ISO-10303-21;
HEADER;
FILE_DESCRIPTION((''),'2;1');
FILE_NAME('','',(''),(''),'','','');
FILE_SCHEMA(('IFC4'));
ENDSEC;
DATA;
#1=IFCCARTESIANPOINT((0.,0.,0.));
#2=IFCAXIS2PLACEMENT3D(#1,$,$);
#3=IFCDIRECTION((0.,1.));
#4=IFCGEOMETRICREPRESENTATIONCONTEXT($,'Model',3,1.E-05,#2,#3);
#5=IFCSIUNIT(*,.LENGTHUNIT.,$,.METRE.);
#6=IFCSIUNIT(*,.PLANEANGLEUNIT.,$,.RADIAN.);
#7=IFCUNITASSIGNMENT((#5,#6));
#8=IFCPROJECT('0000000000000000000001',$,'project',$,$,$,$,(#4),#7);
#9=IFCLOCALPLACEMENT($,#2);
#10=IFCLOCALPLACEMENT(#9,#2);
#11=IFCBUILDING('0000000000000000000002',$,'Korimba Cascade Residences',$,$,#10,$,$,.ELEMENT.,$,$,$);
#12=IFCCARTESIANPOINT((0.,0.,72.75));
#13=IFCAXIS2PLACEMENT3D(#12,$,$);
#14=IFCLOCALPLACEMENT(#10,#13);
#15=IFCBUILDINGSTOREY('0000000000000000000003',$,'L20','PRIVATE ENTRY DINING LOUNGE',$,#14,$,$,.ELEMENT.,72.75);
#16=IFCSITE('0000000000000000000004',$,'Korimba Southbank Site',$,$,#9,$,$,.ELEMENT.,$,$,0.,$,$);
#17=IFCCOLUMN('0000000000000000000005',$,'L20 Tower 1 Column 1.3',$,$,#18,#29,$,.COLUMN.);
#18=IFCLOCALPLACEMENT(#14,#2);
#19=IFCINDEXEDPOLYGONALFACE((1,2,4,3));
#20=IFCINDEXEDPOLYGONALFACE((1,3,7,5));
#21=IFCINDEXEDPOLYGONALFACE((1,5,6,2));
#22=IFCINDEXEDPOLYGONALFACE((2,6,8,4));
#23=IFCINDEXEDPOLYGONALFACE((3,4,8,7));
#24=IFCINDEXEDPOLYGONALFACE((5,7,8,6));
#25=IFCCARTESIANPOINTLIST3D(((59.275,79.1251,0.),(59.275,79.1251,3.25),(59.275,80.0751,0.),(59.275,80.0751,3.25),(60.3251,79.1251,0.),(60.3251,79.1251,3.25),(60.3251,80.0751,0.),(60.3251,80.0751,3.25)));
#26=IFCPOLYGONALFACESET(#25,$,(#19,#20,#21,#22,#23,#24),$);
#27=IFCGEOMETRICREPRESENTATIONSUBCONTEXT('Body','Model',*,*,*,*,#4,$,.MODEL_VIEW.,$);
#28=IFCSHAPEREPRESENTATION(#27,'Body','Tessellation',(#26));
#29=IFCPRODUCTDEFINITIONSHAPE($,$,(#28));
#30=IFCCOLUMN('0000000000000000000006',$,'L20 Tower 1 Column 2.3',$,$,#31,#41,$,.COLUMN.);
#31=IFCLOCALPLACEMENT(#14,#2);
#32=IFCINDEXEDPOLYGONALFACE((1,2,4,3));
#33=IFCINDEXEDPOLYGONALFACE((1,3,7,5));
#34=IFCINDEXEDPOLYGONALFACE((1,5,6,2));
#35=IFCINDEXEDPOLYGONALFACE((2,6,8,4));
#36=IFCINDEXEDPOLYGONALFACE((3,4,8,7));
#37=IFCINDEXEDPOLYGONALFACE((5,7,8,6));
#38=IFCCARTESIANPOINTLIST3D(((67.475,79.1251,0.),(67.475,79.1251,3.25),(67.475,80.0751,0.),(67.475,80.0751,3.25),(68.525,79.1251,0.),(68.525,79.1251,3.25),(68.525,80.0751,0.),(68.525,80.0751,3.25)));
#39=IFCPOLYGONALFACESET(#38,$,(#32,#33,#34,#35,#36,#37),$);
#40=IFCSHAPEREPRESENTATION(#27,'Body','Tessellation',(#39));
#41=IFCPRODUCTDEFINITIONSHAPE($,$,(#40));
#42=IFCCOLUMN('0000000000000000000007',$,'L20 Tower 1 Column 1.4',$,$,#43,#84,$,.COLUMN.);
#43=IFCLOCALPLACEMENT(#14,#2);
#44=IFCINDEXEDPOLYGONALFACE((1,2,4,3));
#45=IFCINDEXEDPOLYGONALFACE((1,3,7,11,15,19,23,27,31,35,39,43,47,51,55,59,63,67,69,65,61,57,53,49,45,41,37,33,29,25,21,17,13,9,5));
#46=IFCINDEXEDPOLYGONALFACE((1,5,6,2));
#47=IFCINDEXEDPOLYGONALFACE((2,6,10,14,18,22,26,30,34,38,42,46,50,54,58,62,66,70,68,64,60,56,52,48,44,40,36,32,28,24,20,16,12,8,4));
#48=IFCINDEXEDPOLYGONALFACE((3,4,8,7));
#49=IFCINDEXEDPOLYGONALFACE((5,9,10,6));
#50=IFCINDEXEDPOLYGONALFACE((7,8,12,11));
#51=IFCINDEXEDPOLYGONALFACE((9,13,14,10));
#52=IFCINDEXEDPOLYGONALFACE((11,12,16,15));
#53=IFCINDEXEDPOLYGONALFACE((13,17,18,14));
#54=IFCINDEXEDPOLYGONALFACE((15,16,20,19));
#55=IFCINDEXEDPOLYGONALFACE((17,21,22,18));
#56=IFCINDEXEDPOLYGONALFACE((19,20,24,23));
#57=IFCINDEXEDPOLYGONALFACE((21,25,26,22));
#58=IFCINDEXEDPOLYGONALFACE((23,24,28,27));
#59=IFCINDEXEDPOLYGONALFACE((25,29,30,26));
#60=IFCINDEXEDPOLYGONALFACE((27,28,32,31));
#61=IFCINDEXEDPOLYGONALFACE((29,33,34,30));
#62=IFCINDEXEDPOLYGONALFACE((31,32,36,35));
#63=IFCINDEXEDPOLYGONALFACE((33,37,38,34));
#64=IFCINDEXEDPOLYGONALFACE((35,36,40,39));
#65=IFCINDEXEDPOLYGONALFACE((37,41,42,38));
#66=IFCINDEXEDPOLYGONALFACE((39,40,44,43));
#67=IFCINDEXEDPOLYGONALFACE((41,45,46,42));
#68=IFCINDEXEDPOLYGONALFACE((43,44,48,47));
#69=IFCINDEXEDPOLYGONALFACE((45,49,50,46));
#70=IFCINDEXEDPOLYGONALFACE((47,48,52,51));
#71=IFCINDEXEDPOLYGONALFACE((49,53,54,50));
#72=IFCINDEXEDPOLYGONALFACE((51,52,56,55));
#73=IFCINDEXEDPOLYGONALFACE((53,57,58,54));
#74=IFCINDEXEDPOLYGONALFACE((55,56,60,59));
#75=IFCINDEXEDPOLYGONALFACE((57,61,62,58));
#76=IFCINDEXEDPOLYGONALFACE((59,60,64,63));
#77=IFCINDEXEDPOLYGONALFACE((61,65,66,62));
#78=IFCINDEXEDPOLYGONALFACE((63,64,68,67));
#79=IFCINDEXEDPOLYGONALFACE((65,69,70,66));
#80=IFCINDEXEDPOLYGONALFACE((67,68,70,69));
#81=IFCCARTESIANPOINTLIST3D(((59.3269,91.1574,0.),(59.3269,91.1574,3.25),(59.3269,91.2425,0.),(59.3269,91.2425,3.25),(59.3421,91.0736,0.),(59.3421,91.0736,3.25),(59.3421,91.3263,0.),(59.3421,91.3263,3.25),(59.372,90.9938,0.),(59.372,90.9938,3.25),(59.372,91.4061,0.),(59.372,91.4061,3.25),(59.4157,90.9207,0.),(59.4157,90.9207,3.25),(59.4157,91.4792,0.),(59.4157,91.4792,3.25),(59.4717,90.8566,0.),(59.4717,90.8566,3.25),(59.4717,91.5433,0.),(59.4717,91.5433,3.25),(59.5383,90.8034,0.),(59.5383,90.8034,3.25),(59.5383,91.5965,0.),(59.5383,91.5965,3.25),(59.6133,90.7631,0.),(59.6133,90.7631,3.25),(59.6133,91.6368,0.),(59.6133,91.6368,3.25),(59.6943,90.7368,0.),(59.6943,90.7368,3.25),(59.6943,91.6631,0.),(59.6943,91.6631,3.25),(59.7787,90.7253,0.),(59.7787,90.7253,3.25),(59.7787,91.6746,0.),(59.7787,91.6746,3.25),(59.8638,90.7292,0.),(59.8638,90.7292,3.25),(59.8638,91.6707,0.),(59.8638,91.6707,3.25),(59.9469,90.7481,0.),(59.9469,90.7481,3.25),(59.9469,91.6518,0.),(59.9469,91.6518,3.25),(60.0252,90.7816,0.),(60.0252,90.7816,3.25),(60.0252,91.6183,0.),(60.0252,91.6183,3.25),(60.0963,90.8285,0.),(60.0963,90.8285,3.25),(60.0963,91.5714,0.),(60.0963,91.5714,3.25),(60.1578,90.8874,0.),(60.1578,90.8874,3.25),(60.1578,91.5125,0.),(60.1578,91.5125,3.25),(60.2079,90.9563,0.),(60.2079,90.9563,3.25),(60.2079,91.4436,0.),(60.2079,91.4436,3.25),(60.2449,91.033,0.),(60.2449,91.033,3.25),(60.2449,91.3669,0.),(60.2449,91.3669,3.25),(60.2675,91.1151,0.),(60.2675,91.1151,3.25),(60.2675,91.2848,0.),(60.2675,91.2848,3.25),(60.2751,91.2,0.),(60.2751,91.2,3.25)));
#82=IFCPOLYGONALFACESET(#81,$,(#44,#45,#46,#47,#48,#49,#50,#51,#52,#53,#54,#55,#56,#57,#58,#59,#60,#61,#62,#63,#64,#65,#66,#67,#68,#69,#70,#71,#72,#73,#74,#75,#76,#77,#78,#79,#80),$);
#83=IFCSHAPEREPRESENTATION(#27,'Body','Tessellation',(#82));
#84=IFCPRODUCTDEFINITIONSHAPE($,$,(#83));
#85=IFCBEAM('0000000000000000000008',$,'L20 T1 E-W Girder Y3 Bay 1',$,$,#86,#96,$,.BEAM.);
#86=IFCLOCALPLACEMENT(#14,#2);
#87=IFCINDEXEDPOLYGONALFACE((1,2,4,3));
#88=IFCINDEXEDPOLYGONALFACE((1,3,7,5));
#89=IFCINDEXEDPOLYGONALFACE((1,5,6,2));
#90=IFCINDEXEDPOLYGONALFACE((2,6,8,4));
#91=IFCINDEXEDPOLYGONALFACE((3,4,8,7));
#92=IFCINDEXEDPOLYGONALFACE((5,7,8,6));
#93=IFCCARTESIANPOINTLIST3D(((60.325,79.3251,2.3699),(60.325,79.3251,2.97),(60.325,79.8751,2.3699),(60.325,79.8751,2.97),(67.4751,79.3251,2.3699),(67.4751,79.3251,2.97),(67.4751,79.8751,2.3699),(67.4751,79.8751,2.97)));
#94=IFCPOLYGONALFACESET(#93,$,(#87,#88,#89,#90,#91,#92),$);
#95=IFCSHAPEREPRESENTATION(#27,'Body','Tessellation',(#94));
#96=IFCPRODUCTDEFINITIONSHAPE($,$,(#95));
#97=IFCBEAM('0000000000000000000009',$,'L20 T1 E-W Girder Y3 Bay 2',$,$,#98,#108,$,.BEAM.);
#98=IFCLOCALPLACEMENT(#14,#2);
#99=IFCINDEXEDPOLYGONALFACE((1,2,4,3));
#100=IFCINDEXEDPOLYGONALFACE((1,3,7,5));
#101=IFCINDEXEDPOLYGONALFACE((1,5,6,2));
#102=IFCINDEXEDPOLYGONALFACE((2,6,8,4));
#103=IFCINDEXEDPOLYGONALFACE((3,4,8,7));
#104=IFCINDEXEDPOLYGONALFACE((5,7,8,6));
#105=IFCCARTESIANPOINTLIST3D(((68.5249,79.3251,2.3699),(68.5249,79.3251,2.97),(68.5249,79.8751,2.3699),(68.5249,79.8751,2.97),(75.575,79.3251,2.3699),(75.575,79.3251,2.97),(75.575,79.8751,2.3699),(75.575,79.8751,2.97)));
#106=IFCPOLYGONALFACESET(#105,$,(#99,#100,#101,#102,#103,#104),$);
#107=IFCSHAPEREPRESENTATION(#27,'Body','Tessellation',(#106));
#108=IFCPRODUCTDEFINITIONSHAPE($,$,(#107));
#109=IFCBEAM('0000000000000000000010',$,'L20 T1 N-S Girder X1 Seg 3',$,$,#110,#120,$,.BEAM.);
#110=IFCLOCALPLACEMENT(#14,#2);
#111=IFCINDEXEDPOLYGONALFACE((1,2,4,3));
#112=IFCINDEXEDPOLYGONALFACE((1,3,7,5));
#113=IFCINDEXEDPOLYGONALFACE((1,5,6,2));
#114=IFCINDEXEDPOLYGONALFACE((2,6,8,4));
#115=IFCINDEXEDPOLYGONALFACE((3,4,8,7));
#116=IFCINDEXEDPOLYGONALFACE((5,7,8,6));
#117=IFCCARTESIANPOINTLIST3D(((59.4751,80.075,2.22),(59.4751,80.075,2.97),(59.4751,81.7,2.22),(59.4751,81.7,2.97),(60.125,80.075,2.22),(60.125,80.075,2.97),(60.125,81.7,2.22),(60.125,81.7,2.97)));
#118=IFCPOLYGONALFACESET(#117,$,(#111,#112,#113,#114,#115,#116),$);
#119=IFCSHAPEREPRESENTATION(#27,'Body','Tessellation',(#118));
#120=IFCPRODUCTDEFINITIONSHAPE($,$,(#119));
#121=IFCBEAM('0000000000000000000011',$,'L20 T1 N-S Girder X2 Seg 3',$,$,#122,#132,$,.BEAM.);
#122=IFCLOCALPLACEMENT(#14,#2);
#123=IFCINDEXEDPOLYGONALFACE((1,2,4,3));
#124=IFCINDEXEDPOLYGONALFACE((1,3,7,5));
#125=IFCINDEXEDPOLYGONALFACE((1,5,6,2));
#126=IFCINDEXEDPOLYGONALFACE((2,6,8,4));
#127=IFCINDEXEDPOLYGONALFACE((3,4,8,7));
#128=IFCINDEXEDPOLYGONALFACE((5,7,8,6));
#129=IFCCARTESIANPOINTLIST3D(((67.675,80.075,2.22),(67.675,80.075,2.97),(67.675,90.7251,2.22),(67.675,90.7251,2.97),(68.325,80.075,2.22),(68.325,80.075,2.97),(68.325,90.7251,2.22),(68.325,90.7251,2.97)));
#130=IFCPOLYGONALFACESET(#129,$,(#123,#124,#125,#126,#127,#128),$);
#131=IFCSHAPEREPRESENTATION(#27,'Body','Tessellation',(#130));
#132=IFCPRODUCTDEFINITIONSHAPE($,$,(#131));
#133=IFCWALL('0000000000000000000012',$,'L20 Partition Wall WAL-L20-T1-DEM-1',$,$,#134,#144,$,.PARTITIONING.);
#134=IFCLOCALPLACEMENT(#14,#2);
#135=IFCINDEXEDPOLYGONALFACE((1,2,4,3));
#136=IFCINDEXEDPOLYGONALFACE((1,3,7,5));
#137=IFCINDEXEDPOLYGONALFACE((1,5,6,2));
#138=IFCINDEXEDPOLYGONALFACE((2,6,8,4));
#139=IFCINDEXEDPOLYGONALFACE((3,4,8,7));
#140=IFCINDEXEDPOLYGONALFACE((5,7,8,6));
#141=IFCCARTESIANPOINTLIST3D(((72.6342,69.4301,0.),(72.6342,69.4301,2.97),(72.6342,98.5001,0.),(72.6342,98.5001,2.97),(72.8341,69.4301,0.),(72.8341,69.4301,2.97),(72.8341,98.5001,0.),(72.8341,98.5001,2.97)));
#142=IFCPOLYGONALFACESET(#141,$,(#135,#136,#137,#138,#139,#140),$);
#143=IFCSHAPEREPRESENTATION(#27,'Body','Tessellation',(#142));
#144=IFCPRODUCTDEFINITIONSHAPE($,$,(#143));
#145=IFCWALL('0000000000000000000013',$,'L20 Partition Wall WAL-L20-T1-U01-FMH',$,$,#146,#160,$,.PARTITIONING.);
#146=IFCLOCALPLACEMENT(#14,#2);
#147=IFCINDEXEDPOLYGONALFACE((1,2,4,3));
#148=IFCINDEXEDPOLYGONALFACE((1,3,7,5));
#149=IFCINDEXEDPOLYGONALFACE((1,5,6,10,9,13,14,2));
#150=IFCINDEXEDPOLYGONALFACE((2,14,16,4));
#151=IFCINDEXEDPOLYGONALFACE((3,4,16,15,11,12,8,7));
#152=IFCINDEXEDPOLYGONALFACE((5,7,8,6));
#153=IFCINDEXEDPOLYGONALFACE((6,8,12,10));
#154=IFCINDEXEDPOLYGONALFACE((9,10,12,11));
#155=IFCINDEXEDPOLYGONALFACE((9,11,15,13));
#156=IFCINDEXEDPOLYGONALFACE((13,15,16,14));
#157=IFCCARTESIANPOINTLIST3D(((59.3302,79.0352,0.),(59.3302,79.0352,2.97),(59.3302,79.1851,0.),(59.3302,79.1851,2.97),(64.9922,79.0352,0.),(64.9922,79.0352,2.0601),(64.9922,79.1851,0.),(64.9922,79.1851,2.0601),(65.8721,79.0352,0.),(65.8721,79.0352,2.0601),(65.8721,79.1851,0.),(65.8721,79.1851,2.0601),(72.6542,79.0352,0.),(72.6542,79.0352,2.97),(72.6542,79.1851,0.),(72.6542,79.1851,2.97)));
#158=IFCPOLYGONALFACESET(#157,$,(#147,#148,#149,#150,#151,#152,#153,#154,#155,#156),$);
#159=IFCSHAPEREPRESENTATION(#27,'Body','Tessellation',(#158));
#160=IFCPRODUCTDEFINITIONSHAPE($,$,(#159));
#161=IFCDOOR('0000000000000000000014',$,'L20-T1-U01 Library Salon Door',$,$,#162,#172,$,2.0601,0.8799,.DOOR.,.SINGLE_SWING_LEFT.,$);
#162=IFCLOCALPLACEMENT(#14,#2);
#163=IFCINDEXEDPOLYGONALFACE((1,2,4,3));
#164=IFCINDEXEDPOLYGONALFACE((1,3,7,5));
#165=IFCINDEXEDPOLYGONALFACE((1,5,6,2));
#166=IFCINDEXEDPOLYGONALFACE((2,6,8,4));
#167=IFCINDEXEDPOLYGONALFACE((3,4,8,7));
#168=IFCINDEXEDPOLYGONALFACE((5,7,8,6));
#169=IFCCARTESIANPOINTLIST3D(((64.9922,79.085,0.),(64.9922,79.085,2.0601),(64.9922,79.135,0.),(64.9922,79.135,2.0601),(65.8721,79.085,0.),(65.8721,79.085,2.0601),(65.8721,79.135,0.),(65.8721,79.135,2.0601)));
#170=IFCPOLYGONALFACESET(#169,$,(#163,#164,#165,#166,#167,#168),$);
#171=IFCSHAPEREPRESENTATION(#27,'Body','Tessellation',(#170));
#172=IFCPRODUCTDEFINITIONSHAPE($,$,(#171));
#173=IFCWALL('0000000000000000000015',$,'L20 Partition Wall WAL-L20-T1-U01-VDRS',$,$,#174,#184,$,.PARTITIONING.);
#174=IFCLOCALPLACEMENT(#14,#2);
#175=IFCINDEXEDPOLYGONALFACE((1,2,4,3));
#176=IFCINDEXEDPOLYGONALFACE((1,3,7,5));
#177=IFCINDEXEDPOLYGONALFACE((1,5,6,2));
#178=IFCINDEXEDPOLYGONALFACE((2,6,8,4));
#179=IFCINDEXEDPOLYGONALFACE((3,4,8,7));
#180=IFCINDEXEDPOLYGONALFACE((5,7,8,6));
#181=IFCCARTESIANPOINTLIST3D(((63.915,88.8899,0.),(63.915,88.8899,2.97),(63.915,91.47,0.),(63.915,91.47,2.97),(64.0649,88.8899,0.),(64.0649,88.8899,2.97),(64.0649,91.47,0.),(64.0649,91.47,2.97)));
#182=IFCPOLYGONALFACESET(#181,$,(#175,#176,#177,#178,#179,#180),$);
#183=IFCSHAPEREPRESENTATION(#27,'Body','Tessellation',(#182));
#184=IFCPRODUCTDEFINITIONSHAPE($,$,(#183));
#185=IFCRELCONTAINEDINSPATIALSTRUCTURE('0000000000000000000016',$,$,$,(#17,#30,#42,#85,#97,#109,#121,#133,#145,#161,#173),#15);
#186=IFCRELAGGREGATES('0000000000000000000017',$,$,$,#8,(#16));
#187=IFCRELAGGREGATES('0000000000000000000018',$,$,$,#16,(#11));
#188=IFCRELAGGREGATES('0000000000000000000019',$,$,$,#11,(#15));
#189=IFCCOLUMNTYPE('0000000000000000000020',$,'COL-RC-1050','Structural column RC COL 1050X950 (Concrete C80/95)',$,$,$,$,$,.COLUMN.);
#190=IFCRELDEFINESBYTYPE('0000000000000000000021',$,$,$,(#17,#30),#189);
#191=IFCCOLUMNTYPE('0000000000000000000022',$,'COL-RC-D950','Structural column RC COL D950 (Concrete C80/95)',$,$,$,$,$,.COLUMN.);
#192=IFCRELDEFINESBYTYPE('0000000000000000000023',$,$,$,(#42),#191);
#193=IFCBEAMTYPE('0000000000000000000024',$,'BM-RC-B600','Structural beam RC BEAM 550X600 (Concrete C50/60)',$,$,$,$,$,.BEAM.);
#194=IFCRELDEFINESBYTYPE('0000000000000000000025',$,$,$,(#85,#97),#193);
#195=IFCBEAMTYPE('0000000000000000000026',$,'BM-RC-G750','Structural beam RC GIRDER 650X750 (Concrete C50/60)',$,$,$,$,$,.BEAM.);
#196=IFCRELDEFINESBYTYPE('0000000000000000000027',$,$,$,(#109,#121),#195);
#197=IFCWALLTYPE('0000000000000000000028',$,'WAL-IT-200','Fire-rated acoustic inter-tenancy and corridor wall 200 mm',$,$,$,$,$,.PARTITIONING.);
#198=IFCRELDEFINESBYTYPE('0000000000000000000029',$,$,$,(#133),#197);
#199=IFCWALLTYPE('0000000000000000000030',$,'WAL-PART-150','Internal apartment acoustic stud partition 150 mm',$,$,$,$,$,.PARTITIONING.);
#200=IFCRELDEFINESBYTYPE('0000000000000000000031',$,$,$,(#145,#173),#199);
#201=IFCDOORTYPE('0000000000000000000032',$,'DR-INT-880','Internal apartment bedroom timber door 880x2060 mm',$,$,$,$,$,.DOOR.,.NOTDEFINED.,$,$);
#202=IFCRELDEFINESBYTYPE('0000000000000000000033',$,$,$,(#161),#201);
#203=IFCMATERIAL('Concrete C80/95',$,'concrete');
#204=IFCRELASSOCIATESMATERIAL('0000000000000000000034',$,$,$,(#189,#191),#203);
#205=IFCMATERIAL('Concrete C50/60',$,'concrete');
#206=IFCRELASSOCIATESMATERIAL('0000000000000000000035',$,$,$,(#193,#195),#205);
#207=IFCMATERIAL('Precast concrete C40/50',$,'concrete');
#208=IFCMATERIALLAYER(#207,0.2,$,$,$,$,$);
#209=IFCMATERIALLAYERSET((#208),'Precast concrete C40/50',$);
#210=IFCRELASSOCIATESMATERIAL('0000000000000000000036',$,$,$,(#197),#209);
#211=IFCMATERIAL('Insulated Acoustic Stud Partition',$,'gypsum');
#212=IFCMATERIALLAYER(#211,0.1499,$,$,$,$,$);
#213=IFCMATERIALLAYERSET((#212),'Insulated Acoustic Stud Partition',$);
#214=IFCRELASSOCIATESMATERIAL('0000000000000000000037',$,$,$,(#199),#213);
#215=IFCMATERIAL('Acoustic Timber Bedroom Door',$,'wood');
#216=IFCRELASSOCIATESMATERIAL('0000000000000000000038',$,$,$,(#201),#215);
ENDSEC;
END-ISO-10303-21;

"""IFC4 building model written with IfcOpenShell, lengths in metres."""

from ifc_helpers import new_model, si_unit, direction, frame, frame_2d, origin, origin_2d, place, context, subcontext, project, spatial, rectangle, circle, extrude, material, layer, layer_set, material_profile, profile_set, type_object, element, fill, save


model = new_model("IFC4")

# Units and contexts
model_context = context("Model", 3, precision=1e-05, world=origin(), true_north=direction((0.0, 1.0)))
body_context = subcontext(model_context, "Body", "Model", "MODEL_VIEW")
ifc_project = project(units=[si_unit("LENGTHUNIT", "METRE"), si_unit("PLANEANGLEUNIT", "RADIAN")], contexts=[model_context])

# Site, building, storey
site_placement = place(None, origin())
site = spatial("IfcSite", under=ifc_project, at=site_placement, Name="Korimba Southbank Site", CompositionType="ELEMENT", RefElevation=0.0)
building_placement = place(site_placement, origin())
building = spatial("IfcBuilding", under=site, at=building_placement, Name="Korimba Cascade Residences", CompositionType="ELEMENT")
storey_placement = place(building_placement, frame((0.0, 0.0, 72.75)))
storey = spatial("IfcBuildingStorey", under=building, at=storey_placement, Name="L20", Description="PRIVATE ENTRY DINING LOUNGE", CompositionType="ELEMENT", Elevation=72.75)

# Columns
ifc_material_1 = material(Name="Concrete C80/95", Category="concrete")
ifc_material_profile_1 = material_profile(ifc_material_1, rectangle(XDim=1.05, YDim=0.95, at=origin_2d()), Name="Concrete C80/95")
ifc_profile_set_1 = profile_set([ifc_material_profile_1], Name="Concrete C80/95")
column_type_1 = type_object("IfcColumnType", Name="COL-RC-1050", Description="Structural column RC COL 1050X950 (Concrete C80/95)", PredefinedType="COLUMN", material=ifc_profile_set_1)
for number, where, z_axis, x_axis, name in (
    (1, (59.8, 79.6001, 0.0), (0.0, 0.0, 1.0), (1.0, 0.0, 0.0), "L20 Tower 1 Column 1.3"),
    (2, (68.0, 79.6001, 0.0), (0.0, 0.0, 1.0), (1.0, 0.0, 0.0), "L20 Tower 1 Column 2.3"),
):
    element("IfcColumn", number, at=place(storey_placement, frame(where, z_axis=z_axis, x_axis=x_axis)), inside=storey, type_object=column_type_1, Name=name, PredefinedType="COLUMN", context=body_context, shape_type="SweptSolid", body=[
        extrude(rectangle(XDim=1.05, YDim=0.95, at=origin_2d()), origin(), (0.0, 0.0, 1.0), 3.25),
    ])
ifc_material_profile_2 = material_profile(ifc_material_1, circle(Radius=0.4751, at=origin_2d()), Name="Concrete C80/95")
ifc_profile_set_2 = profile_set([ifc_material_profile_2], Name="Concrete C80/95")
column_type_2 = type_object("IfcColumnType", Name="COL-RC-D950", Description="Structural column RC COL D950 (Concrete C80/95)", PredefinedType="COLUMN", material=ifc_profile_set_2)
column_placement = place(storey_placement, frame((59.8, 91.2, 0.0), z_axis=(0.0, 0.0, 1.0), x_axis=(1.0, 0.0, 0.0)))
element("IfcColumn", 3, at=column_placement, inside=storey, type_object=column_type_2, Name="L20 Tower 1 Column 1.4", PredefinedType="COLUMN", context=body_context, shape_type="SweptSolid", body=[
    extrude(circle(Radius=0.4751, at=origin_2d()), origin(), (0.0, 0.0, 1.0), 3.25),
])

# Beams
ifc_material_2 = material(Name="Concrete C50/60", Category="concrete")
ifc_material_profile_3 = material_profile(ifc_material_2, rectangle(XDim=0.55, YDim=0.6001, at=origin_2d()), Name="Concrete C50/60")
ifc_profile_set_3 = profile_set([ifc_material_profile_3], Name="Concrete C50/60")
beam_type_1 = type_object("IfcBeamType", Name="BM-RC-B600", Description="Structural beam RC BEAM 550X600 (Concrete C50/60)", PredefinedType="BEAM", material=ifc_profile_set_3)
beam_1_placement = place(storey_placement, frame((60.325, 79.6001, 2.6699), z_axis=(1.0, 0.0, 0.0), x_axis=(0.0, 1.0, 0.0)))
element("IfcBeam", 4, at=beam_1_placement, inside=storey, type_object=beam_type_1, Name="L20 T1 E-W Girder Y3 Bay 1", PredefinedType="BEAM", context=body_context, shape_type="SweptSolid", body=[
    extrude(rectangle(XDim=0.55, YDim=0.6001, at=origin_2d()), origin(), (0.0, 0.0, 1.0), 7.1501),
])
beam_2_placement = place(storey_placement, frame((68.5249, 79.6001, 2.6699), z_axis=(1.0, 0.0, 0.0), x_axis=(0.0, 1.0, 0.0)))
element("IfcBeam", 5, at=beam_2_placement, inside=storey, type_object=beam_type_1, Name="L20 T1 E-W Girder Y3 Bay 2", PredefinedType="BEAM", context=body_context, shape_type="SweptSolid", body=[
    extrude(rectangle(XDim=0.55, YDim=0.6001, at=origin_2d()), origin(), (0.0, 0.0, 1.0), 7.05),
])
ifc_material_profile_4 = material_profile(ifc_material_2, rectangle(XDim=0.6499, YDim=0.75, at=origin_2d()), Name="Concrete C50/60")
ifc_profile_set_4 = profile_set([ifc_material_profile_4], Name="Concrete C50/60")
beam_type_2 = type_object("IfcBeamType", Name="BM-RC-G750", Description="Structural beam RC GIRDER 650X750 (Concrete C50/60)", PredefinedType="BEAM", material=ifc_profile_set_4)
beam_3_placement = place(storey_placement, frame((59.8, 80.075, 2.595), z_axis=(0.0, 1.0, 0.0), x_axis=(-1.0, 0.0, 0.0)))
element("IfcBeam", 6, at=beam_3_placement, inside=storey, type_object=beam_type_2, Name="L20 T1 N-S Girder X1 Seg 3", PredefinedType="BEAM", context=body_context, shape_type="SweptSolid", body=[
    extrude(rectangle(XDim=0.6499, YDim=0.75, at=origin_2d()), origin(), (0.0, 0.0, 1.0), 1.625),
])
beam_4_placement = place(storey_placement, frame((68.0, 80.075, 2.595), z_axis=(0.0, 1.0, 0.0), x_axis=(-1.0, 0.0, 0.0)))
element("IfcBeam", 7, at=beam_4_placement, inside=storey, type_object=beam_type_2, Name="L20 T1 N-S Girder X2 Seg 3", PredefinedType="BEAM", context=body_context, shape_type="SweptSolid", body=[
    extrude(rectangle(XDim=0.6499, YDim=0.75, at=origin_2d()), origin(), (0.0, 0.0, 1.0), 10.6501),
])

# Wall
ifc_material_3 = material(Name="Precast concrete C40/50", Category="concrete")
ifc_layer_1 = layer(ifc_material_3, 0.2)
ifc_layer_set_1 = layer_set([ifc_layer_1], Name="Precast concrete C40/50")
wall_type_1 = type_object("IfcWallType", Name="WAL-IT-200", Description="Fire-rated acoustic inter-tenancy and corridor wall 200 mm", PredefinedType="PARTITIONING", material=ifc_layer_set_1)
wall_1_placement = place(storey_placement, frame((72.7341, 69.4299, 0.0), z_axis=(0.0, 0.0, 1.0), x_axis=(0.0, 1.0, 0.0)))
element("IfcWall", 8, at=wall_1_placement, inside=storey, type_object=wall_type_1, Name="L20 Partition Wall WAL-L20-T1-DEM-1", PredefinedType="PARTITIONING", context=body_context, shape_type="SweptSolid", body=[
    extrude(rectangle(XDim=29.0701, YDim=0.2, at=frame_2d((14.5352, 0.0))), origin(), (0.0, 0.0, 1.0), 2.97),
])

# Wall, opening, door
ifc_material_4 = material(Name="Insulated Acoustic Stud Partition", Category="gypsum")
ifc_layer_2 = layer(ifc_material_4, 0.1499)
ifc_layer_set_2 = layer_set([ifc_layer_2], Name="Insulated Acoustic Stud Partition")
wall_type_2 = type_object("IfcWallType", Name="WAL-PART-150", Description="Internal apartment acoustic stud partition 150 mm", PredefinedType="PARTITIONING", material=ifc_layer_set_2)
wall_2_placement = place(storey_placement, frame((59.3301, 79.1101, 0.0), z_axis=(0.0, 0.0, 1.0), x_axis=(1.0, 0.0, 0.0)))
wall_2 = element("IfcWall", 9, at=wall_2_placement, inside=storey, type_object=wall_type_2, Name="L20 Partition Wall WAL-L20-T1-U01-FMH", PredefinedType="PARTITIONING", context=body_context, shape_type="SweptSolid", body=[
    extrude(rectangle(XDim=13.324, YDim=0.1499, at=frame_2d((6.6621, 0.0))), origin(), (0.0, 0.0, 1.0), 2.97),
])
opening_1_placement = place(wall_2_placement, frame((5.6621, 0.0, 0.0)))
opening_1 = element("IfcOpeningElement", 10, at=opening_1_placement, cuts=wall_2, PredefinedType="OPENING", context=body_context, shape_type="SweptSolid", body=[
    extrude(rectangle(XDim=0.8799, YDim=2.0601, at=frame_2d((0.4399, 1.03))), frame((0.0, 0.085, 0.0), z_axis=(0.0, -1.0, 0.0), x_axis=(1.0, 0.0, 0.0)), (0.0, 0.0, 1.0), 0.1699),
])
ifc_material_5 = material(Name="Acoustic Timber Bedroom Door", Category="wood")
door_type_1 = type_object("IfcDoorType", Name="DR-INT-880", Description="Internal apartment bedroom timber door 880x2060 mm", OperationType="NOTDEFINED", PredefinedType="DOOR", material=ifc_material_5)
door_1_placement = place(opening_1_placement, origin())
door_1 = element("IfcDoor", 11, at=door_1_placement, inside=storey, type_object=door_type_1, Name="L20-T1-U01 Library Salon Door", OperationType="SINGLE_SWING_LEFT", OverallHeight=2.0601, OverallWidth=0.8799, PredefinedType="DOOR", context=body_context, shape_type="SweptSolid", body=[
    extrude(rectangle(XDim=0.8799, YDim=2.0601, at=frame_2d((0.4399, 1.03))), frame((0.0, 0.0249, 0.0), z_axis=(0.0, -1.0, 0.0), x_axis=(1.0, 0.0, 0.0)), (0.0, 0.0, 1.0), 0.05),
])
fill(opening_1, door_1)

# Wall
wall_3_placement = place(storey_placement, frame((63.99, 88.8899, 0.0), z_axis=(0.0, 0.0, 1.0), x_axis=(0.0, 1.0, 0.0)))
element("IfcWall", 12, at=wall_3_placement, inside=storey, type_object=wall_type_2, Name="L20 Partition Wall WAL-L20-T1-U01-VDRS", PredefinedType="PARTITIONING", context=body_context, shape_type="SweptSolid", body=[
    extrude(rectangle(XDim=2.5801, YDim=0.1499, at=frame_2d((1.29, 0.0))), origin(), (0.0, 0.0, 1.0), 2.97),
])

save(model, "model.ifc")
